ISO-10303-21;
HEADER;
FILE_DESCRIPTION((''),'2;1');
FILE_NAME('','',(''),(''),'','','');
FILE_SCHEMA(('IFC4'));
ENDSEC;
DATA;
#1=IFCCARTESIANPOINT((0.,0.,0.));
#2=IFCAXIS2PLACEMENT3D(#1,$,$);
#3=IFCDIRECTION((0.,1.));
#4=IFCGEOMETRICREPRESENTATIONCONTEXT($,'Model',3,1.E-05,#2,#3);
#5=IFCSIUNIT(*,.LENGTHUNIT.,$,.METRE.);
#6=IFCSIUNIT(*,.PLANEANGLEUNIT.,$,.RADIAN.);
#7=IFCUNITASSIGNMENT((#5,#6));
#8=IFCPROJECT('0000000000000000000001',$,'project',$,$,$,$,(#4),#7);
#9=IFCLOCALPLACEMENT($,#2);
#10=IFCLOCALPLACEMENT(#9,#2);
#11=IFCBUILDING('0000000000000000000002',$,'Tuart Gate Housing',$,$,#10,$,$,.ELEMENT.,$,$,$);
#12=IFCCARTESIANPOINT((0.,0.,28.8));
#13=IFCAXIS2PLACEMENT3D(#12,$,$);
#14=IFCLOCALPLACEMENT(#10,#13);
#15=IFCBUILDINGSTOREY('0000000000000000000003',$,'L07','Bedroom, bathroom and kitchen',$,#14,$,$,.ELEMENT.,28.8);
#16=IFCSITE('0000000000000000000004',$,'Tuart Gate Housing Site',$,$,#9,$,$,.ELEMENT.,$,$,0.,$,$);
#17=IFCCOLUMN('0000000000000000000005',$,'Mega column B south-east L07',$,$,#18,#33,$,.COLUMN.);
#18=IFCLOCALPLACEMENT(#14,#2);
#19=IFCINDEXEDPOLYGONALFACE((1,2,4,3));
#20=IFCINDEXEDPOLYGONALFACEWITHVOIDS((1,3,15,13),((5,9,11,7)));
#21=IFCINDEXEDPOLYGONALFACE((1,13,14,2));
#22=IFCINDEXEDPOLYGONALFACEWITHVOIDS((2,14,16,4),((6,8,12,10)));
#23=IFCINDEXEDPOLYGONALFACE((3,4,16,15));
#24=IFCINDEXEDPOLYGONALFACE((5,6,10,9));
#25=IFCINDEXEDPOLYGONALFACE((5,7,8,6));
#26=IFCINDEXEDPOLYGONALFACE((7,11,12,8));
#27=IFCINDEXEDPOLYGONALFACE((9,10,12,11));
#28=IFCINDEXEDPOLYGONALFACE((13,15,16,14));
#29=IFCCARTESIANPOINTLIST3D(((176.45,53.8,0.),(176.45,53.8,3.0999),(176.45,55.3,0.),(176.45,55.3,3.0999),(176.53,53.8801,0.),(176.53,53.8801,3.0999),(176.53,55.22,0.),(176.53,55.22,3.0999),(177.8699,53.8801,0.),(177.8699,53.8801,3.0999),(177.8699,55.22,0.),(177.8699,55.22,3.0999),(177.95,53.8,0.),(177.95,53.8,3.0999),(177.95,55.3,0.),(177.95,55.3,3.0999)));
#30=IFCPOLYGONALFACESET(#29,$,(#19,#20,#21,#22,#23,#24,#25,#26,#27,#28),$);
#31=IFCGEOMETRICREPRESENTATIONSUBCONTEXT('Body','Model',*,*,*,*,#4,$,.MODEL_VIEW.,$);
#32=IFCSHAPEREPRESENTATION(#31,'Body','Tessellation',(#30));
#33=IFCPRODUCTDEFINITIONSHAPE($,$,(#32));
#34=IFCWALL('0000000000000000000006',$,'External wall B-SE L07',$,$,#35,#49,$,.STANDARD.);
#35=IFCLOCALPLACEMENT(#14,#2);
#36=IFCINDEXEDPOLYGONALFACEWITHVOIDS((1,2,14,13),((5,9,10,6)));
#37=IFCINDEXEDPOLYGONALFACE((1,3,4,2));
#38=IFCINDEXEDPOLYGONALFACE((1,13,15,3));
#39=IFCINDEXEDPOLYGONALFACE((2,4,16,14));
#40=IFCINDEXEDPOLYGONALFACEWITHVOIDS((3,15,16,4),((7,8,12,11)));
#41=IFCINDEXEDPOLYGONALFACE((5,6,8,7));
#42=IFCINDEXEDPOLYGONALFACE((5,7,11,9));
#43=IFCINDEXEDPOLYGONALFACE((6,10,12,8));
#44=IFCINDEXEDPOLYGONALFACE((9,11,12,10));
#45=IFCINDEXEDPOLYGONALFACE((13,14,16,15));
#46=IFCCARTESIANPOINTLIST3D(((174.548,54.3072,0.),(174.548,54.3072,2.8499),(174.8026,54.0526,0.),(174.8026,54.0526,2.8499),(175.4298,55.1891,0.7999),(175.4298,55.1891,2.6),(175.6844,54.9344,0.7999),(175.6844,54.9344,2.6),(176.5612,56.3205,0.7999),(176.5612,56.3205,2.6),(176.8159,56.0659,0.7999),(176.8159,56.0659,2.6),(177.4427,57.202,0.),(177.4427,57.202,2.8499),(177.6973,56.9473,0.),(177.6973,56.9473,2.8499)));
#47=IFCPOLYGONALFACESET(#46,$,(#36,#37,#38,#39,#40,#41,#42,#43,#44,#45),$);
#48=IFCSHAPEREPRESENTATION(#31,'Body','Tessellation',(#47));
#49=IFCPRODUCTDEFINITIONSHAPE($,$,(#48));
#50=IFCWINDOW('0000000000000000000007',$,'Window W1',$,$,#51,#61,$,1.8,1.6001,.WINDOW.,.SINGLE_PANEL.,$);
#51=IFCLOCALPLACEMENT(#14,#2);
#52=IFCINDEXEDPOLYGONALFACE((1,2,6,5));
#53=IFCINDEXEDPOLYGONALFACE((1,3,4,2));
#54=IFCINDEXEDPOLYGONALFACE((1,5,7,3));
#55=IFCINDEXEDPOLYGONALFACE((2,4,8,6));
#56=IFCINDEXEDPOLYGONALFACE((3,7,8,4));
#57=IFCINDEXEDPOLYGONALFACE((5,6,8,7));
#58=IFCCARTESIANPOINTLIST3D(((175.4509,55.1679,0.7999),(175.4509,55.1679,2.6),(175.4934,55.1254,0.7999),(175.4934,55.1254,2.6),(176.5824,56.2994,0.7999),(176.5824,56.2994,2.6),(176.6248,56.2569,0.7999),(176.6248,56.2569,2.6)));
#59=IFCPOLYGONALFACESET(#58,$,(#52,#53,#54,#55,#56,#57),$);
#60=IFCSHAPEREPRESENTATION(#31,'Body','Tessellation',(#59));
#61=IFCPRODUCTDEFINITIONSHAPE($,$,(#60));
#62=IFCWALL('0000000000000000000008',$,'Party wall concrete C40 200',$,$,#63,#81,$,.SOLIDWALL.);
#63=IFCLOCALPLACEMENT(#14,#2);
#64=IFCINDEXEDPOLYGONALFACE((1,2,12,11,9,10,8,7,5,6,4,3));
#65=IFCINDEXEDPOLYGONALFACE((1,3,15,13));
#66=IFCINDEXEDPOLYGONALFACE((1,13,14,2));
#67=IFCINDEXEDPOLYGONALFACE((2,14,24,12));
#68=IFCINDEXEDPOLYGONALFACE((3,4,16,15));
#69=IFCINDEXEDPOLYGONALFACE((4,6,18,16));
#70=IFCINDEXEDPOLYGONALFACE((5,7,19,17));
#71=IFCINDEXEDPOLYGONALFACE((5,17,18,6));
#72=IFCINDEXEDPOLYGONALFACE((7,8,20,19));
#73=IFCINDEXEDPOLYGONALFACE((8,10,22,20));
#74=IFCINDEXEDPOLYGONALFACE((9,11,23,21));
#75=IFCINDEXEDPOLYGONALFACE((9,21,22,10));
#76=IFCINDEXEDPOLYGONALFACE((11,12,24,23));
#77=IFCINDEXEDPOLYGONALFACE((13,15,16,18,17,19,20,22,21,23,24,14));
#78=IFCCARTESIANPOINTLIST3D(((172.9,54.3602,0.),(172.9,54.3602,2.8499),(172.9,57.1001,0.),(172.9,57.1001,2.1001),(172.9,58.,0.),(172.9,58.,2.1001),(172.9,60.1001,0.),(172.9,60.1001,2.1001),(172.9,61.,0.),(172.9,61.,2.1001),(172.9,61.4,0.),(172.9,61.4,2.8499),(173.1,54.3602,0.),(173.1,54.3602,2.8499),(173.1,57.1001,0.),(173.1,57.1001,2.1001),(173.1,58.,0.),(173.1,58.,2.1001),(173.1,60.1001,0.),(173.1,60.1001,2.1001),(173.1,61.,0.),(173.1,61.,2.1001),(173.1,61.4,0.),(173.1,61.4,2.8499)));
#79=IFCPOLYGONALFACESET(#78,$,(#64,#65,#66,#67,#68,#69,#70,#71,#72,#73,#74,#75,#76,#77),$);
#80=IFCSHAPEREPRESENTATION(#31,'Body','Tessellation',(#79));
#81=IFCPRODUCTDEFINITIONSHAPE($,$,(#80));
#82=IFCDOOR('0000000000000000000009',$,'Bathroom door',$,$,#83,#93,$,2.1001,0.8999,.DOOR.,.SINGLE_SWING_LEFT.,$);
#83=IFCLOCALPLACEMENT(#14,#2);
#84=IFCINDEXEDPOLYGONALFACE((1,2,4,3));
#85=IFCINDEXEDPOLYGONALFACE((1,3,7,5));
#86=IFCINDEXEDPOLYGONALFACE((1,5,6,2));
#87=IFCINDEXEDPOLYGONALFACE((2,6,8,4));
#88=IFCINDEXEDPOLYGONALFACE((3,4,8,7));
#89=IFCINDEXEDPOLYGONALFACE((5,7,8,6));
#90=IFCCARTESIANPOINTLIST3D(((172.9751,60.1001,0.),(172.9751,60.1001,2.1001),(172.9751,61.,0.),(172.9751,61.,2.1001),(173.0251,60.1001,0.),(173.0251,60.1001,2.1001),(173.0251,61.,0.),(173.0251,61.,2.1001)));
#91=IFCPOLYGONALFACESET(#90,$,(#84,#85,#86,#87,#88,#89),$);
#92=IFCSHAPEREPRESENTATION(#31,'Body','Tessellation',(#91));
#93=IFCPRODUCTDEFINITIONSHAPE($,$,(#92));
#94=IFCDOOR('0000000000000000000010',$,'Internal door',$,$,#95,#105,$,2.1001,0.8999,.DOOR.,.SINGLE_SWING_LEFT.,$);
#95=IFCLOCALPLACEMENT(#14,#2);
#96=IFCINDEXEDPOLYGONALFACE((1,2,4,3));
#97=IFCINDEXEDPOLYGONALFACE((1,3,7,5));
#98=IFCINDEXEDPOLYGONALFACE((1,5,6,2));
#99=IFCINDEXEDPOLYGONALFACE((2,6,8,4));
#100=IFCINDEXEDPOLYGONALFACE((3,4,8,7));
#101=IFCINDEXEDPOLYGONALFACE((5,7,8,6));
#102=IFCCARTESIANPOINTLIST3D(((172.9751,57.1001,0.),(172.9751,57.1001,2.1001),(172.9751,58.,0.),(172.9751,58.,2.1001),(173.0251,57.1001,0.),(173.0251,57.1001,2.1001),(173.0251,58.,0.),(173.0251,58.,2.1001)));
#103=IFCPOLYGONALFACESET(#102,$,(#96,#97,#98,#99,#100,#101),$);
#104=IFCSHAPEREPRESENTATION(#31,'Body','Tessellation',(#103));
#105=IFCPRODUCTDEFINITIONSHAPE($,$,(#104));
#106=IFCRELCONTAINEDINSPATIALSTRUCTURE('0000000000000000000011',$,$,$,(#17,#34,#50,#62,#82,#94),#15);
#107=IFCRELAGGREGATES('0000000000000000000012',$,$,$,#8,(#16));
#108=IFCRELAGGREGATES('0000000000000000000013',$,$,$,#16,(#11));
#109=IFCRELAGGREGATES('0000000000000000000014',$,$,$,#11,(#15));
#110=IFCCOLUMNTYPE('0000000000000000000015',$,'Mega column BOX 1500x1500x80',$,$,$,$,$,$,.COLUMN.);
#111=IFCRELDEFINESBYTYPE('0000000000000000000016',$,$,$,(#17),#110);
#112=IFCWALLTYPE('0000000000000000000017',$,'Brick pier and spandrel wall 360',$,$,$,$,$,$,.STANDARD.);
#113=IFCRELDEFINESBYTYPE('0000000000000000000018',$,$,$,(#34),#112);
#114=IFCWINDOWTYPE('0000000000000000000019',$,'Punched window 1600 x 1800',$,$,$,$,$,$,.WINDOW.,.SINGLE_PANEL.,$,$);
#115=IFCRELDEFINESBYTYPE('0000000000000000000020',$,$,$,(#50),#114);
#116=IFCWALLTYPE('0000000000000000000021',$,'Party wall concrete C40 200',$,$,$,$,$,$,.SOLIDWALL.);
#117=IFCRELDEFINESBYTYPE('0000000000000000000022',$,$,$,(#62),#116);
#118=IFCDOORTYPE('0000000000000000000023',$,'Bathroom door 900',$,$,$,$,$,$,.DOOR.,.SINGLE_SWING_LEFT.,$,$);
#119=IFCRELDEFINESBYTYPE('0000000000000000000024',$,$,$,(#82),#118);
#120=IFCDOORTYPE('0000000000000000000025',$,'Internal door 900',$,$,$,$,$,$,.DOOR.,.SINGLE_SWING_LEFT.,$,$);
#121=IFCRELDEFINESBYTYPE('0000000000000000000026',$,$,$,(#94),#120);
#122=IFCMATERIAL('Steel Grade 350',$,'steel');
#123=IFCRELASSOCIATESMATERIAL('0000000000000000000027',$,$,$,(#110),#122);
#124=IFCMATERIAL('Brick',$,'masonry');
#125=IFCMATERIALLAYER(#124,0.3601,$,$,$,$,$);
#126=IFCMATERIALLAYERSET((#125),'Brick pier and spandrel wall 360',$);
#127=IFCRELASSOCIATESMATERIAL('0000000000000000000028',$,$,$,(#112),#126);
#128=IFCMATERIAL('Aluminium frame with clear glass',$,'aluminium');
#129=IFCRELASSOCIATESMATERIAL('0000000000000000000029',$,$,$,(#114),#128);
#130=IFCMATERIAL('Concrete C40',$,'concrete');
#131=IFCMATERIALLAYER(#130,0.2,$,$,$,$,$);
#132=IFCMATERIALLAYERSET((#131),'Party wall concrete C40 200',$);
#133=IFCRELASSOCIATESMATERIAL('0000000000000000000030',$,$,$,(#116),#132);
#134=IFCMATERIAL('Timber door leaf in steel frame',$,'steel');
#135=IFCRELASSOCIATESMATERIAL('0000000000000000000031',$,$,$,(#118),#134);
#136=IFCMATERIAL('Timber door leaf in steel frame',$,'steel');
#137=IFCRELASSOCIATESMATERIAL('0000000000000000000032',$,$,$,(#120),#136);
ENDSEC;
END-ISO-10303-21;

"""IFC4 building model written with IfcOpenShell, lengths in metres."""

from ifc_helpers import new_model, si_unit, direction, frame, frame_2d, origin, origin_2d, place, context, subcontext, project, spatial, rectangle, hollow_rectangle, extrude, material, layer, layer_set, material_profile, profile_set, type_object, element, fill, save


model = new_model("IFC4")

# Units and contexts
model_context = context("Model", 3, precision=1e-05, world=origin(), true_north=direction((0.0, 1.0)))
body_context = subcontext(model_context, "Body", "Model", "MODEL_VIEW")
ifc_project = project(units=[si_unit("LENGTHUNIT", "METRE"), si_unit("PLANEANGLEUNIT", "RADIAN")], contexts=[model_context])

# Site, building, storey
site_placement = place(None, origin())
site = spatial("IfcSite", under=ifc_project, at=site_placement, Name="Tuart Gate Housing Site", CompositionType="ELEMENT", RefElevation=0.0)
building_placement = place(site_placement, origin())
building = spatial("IfcBuilding", under=site, at=building_placement, Name="Tuart Gate Housing", CompositionType="ELEMENT")
storey_placement = place(building_placement, frame((0.0, 0.0, 28.8)))
storey = spatial("IfcBuildingStorey", under=building, at=storey_placement, Name="L07", Description="Bedroom, bathroom and kitchen", CompositionType="ELEMENT", Elevation=28.8)

# Column
ifc_material_1 = material(Name="Steel Grade 350", Category="steel")
ifc_material_profile = material_profile(ifc_material_1, hollow_rectangle(XDim=1.5, YDim=1.5, WallThickness=0.0801, at=origin_2d()), Name="BOX 1500x1500x80")
ifc_profile_set = profile_set([ifc_material_profile], Name="Steel Grade 350")
column_type = type_object("IfcColumnType", Name="Mega column BOX 1500x1500x80", PredefinedType="COLUMN", material=ifc_profile_set)
column_placement = place(storey_placement, frame((177.2, 54.55, 0.0), z_axis=(0.0, 0.0, 1.0), x_axis=(1.0, 0.0, 0.0)))
element("IfcColumn", 1, at=column_placement, inside=storey, type_object=column_type, Name="Mega column B south-east L07", PredefinedType="COLUMN", context=body_context, shape_type="SweptSolid", body=[
    extrude(hollow_rectangle(XDim=1.5, YDim=1.5, WallThickness=0.0801, at=origin_2d()), origin(), (0.0, 0.0, 1.0), 3.0999),
])

# Wall, opening, window
ifc_material_2 = material(Name="Brick", Category="masonry")
ifc_layer_1 = layer(ifc_material_2, 0.3601)
ifc_layer_set_1 = layer_set([ifc_layer_1], Name="Brick pier and spandrel wall 360")
wall_type_1 = type_object("IfcWallType", Name="Brick pier and spandrel wall 360", PredefinedType="STANDARD", material=ifc_layer_set_1)
wall_1_placement = place(storey_placement, frame((174.6753, 54.1799, 0.0), z_axis=(0.0, 0.0, 1.0), x_axis=(0.707107, 0.707107, 0.0)))
wall_1 = element("IfcWall", 2, at=wall_1_placement, inside=storey, type_object=wall_type_1, Name="External wall B-SE L07", PredefinedType="STANDARD", context=body_context, shape_type="SweptSolid", body=[
    extrude(rectangle(XDim=4.0938, YDim=0.3601, at=frame_2d((2.0469, 0.0))), origin(), (0.0, 0.0, 1.0), 2.8499),
])
opening_1_placement = place(wall_1_placement, frame((1.2471, 0.0, 0.8)))
opening_1 = element("IfcOpeningElement", 3, at=opening_1_placement, cuts=wall_1, PredefinedType="OPENING", context=body_context, shape_type="SweptSolid", body=[
    extrude(rectangle(XDim=1.6001, YDim=1.8, at=frame_2d((0.8, 0.8999))), frame((0.0, 0.1899, 0.0), z_axis=(0.0, -1.0, 0.0), x_axis=(1.0, 0.0, 0.0)), (0.0, 0.0, 1.0), 0.3801),
])
ifc_material_3 = material(Name="Aluminium frame with clear glass", Category="aluminium")
window_type_1 = type_object("IfcWindowType", Name="Punched window 1600 x 1800", PartitioningType="SINGLE_PANEL", PredefinedType="WINDOW", material=ifc_material_3)
window_1_placement = place(opening_1_placement, origin())
window_1 = element("IfcWindow", 4, at=window_1_placement, inside=storey, type_object=window_type_1, Name="Window W1", OverallHeight=1.8, OverallWidth=1.6001, PartitioningType="SINGLE_PANEL", PredefinedType="WINDOW", context=body_context, shape_type="SweptSolid", body=[
    extrude(rectangle(XDim=1.6001, YDim=1.8, at=frame_2d((0.8, 0.8999))), frame((0.0, 0.1501, 0.0), z_axis=(0.0, -1.0, 0.0), x_axis=(1.0, 0.0, 0.0)), (0.0, 0.0, 1.0), 0.0601),
])
fill(opening_1, window_1)

# Wall, openings, doors
ifc_material_4 = material(Name="Concrete C40", Category="concrete")
ifc_layer_2 = layer(ifc_material_4, 0.2)
ifc_layer_set_2 = layer_set([ifc_layer_2], Name="Party wall concrete C40 200")
wall_type_2 = type_object("IfcWallType", Name="Party wall concrete C40 200", PredefinedType="SOLIDWALL", material=ifc_layer_set_2)
wall_2_placement = place(storey_placement, frame((173.0, 54.3601, 0.0), z_axis=(0.0, 0.0, 1.0), x_axis=(0.0, 1.0, 0.0)))
wall_2 = element("IfcWall", 5, at=wall_2_placement, inside=storey, type_object=wall_type_2, Name="Party wall concrete C40 200", PredefinedType="SOLIDWALL", context=body_context, shape_type="SweptSolid", body=[
    extrude(rectangle(XDim=7.0398, YDim=0.2, at=frame_2d((3.52, 0.0))), origin(), (0.0, 0.0, 1.0), 2.8499),
])
opening_2_placement = place(wall_2_placement, frame((2.74, 0.0, 0.0)))
opening_2 = element("IfcOpeningElement", 6, at=opening_2_placement, cuts=wall_2, PredefinedType="OPENING", context=body_context, shape_type="SweptSolid", body=[
    extrude(rectangle(XDim=0.8999, YDim=2.1001, at=frame_2d((0.45, 1.05))), frame((0.0, 0.1099, 0.0), z_axis=(0.0, -1.0, 0.0), x_axis=(1.0, 0.0, 0.0)), (0.0, 0.0, 1.0), 0.22),
])
opening_3_placement = place(wall_2_placement, frame((5.74, 0.0, 0.0)))
opening_3 = element("IfcOpeningElement", 7, at=opening_3_placement, cuts=wall_2, PredefinedType="OPENING", context=body_context, shape_type="SweptSolid", body=[
    extrude(rectangle(XDim=0.8999, YDim=2.1001, at=frame_2d((0.45, 1.05))), frame((0.0, 0.1099, 0.0), z_axis=(0.0, -1.0, 0.0), x_axis=(1.0, 0.0, 0.0)), (0.0, 0.0, 1.0), 0.22),
])
ifc_material_5 = material(Name="Timber door leaf in steel frame", Category="steel")
door_type_1 = type_object("IfcDoorType", Name="Bathroom door 900", OperationType="SINGLE_SWING_LEFT", PredefinedType="DOOR", material=ifc_material_5)
door_1_placement = place(opening_3_placement, frame((0.8999, 0.0, 0.0), z_axis=(0.0, 0.0, 1.0), x_axis=(-1.0, 0.0, 0.0)))
door_1 = element("IfcDoor", 8, at=door_1_placement, inside=storey, type_object=door_type_1, Name="Bathroom door", OperationType="SINGLE_SWING_LEFT", OverallHeight=2.1001, OverallWidth=0.8999, PredefinedType="DOOR", context=body_context, shape_type="SweptSolid", body=[
    extrude(rectangle(XDim=0.8999, YDim=2.1001, at=frame_2d((0.45, 1.05))), frame((0.0, 0.0251, 0.0), z_axis=(0.0, -1.0, 0.0), x_axis=(1.0, 0.0, 0.0)), (0.0, 0.0, 1.0), 0.05),
])
fill(opening_3, door_1)
ifc_material_6 = material(Name="Timber door leaf in steel frame", Category="steel")
door_type_2 = type_object("IfcDoorType", Name="Internal door 900", OperationType="SINGLE_SWING_LEFT", PredefinedType="DOOR", material=ifc_material_6)
door_2_placement = place(opening_2_placement, frame((0.8999, 0.0, 0.0), z_axis=(0.0, 0.0, 1.0), x_axis=(-1.0, 0.0, 0.0)))
door_2 = element("IfcDoor", 9, at=door_2_placement, inside=storey, type_object=door_type_2, Name="Internal door", OperationType="SINGLE_SWING_LEFT", OverallHeight=2.1001, OverallWidth=0.8999, PredefinedType="DOOR", context=body_context, shape_type="SweptSolid", body=[
    extrude(rectangle(XDim=0.8999, YDim=2.1001, at=frame_2d((0.45, 1.05))), frame((0.0, 0.0251, 0.0), z_axis=(0.0, -1.0, 0.0), x_axis=(1.0, 0.0, 0.0)), (0.0, 0.0, 1.0), 0.05),
])
fill(opening_2, door_2)

save(model, "model.ifc")
